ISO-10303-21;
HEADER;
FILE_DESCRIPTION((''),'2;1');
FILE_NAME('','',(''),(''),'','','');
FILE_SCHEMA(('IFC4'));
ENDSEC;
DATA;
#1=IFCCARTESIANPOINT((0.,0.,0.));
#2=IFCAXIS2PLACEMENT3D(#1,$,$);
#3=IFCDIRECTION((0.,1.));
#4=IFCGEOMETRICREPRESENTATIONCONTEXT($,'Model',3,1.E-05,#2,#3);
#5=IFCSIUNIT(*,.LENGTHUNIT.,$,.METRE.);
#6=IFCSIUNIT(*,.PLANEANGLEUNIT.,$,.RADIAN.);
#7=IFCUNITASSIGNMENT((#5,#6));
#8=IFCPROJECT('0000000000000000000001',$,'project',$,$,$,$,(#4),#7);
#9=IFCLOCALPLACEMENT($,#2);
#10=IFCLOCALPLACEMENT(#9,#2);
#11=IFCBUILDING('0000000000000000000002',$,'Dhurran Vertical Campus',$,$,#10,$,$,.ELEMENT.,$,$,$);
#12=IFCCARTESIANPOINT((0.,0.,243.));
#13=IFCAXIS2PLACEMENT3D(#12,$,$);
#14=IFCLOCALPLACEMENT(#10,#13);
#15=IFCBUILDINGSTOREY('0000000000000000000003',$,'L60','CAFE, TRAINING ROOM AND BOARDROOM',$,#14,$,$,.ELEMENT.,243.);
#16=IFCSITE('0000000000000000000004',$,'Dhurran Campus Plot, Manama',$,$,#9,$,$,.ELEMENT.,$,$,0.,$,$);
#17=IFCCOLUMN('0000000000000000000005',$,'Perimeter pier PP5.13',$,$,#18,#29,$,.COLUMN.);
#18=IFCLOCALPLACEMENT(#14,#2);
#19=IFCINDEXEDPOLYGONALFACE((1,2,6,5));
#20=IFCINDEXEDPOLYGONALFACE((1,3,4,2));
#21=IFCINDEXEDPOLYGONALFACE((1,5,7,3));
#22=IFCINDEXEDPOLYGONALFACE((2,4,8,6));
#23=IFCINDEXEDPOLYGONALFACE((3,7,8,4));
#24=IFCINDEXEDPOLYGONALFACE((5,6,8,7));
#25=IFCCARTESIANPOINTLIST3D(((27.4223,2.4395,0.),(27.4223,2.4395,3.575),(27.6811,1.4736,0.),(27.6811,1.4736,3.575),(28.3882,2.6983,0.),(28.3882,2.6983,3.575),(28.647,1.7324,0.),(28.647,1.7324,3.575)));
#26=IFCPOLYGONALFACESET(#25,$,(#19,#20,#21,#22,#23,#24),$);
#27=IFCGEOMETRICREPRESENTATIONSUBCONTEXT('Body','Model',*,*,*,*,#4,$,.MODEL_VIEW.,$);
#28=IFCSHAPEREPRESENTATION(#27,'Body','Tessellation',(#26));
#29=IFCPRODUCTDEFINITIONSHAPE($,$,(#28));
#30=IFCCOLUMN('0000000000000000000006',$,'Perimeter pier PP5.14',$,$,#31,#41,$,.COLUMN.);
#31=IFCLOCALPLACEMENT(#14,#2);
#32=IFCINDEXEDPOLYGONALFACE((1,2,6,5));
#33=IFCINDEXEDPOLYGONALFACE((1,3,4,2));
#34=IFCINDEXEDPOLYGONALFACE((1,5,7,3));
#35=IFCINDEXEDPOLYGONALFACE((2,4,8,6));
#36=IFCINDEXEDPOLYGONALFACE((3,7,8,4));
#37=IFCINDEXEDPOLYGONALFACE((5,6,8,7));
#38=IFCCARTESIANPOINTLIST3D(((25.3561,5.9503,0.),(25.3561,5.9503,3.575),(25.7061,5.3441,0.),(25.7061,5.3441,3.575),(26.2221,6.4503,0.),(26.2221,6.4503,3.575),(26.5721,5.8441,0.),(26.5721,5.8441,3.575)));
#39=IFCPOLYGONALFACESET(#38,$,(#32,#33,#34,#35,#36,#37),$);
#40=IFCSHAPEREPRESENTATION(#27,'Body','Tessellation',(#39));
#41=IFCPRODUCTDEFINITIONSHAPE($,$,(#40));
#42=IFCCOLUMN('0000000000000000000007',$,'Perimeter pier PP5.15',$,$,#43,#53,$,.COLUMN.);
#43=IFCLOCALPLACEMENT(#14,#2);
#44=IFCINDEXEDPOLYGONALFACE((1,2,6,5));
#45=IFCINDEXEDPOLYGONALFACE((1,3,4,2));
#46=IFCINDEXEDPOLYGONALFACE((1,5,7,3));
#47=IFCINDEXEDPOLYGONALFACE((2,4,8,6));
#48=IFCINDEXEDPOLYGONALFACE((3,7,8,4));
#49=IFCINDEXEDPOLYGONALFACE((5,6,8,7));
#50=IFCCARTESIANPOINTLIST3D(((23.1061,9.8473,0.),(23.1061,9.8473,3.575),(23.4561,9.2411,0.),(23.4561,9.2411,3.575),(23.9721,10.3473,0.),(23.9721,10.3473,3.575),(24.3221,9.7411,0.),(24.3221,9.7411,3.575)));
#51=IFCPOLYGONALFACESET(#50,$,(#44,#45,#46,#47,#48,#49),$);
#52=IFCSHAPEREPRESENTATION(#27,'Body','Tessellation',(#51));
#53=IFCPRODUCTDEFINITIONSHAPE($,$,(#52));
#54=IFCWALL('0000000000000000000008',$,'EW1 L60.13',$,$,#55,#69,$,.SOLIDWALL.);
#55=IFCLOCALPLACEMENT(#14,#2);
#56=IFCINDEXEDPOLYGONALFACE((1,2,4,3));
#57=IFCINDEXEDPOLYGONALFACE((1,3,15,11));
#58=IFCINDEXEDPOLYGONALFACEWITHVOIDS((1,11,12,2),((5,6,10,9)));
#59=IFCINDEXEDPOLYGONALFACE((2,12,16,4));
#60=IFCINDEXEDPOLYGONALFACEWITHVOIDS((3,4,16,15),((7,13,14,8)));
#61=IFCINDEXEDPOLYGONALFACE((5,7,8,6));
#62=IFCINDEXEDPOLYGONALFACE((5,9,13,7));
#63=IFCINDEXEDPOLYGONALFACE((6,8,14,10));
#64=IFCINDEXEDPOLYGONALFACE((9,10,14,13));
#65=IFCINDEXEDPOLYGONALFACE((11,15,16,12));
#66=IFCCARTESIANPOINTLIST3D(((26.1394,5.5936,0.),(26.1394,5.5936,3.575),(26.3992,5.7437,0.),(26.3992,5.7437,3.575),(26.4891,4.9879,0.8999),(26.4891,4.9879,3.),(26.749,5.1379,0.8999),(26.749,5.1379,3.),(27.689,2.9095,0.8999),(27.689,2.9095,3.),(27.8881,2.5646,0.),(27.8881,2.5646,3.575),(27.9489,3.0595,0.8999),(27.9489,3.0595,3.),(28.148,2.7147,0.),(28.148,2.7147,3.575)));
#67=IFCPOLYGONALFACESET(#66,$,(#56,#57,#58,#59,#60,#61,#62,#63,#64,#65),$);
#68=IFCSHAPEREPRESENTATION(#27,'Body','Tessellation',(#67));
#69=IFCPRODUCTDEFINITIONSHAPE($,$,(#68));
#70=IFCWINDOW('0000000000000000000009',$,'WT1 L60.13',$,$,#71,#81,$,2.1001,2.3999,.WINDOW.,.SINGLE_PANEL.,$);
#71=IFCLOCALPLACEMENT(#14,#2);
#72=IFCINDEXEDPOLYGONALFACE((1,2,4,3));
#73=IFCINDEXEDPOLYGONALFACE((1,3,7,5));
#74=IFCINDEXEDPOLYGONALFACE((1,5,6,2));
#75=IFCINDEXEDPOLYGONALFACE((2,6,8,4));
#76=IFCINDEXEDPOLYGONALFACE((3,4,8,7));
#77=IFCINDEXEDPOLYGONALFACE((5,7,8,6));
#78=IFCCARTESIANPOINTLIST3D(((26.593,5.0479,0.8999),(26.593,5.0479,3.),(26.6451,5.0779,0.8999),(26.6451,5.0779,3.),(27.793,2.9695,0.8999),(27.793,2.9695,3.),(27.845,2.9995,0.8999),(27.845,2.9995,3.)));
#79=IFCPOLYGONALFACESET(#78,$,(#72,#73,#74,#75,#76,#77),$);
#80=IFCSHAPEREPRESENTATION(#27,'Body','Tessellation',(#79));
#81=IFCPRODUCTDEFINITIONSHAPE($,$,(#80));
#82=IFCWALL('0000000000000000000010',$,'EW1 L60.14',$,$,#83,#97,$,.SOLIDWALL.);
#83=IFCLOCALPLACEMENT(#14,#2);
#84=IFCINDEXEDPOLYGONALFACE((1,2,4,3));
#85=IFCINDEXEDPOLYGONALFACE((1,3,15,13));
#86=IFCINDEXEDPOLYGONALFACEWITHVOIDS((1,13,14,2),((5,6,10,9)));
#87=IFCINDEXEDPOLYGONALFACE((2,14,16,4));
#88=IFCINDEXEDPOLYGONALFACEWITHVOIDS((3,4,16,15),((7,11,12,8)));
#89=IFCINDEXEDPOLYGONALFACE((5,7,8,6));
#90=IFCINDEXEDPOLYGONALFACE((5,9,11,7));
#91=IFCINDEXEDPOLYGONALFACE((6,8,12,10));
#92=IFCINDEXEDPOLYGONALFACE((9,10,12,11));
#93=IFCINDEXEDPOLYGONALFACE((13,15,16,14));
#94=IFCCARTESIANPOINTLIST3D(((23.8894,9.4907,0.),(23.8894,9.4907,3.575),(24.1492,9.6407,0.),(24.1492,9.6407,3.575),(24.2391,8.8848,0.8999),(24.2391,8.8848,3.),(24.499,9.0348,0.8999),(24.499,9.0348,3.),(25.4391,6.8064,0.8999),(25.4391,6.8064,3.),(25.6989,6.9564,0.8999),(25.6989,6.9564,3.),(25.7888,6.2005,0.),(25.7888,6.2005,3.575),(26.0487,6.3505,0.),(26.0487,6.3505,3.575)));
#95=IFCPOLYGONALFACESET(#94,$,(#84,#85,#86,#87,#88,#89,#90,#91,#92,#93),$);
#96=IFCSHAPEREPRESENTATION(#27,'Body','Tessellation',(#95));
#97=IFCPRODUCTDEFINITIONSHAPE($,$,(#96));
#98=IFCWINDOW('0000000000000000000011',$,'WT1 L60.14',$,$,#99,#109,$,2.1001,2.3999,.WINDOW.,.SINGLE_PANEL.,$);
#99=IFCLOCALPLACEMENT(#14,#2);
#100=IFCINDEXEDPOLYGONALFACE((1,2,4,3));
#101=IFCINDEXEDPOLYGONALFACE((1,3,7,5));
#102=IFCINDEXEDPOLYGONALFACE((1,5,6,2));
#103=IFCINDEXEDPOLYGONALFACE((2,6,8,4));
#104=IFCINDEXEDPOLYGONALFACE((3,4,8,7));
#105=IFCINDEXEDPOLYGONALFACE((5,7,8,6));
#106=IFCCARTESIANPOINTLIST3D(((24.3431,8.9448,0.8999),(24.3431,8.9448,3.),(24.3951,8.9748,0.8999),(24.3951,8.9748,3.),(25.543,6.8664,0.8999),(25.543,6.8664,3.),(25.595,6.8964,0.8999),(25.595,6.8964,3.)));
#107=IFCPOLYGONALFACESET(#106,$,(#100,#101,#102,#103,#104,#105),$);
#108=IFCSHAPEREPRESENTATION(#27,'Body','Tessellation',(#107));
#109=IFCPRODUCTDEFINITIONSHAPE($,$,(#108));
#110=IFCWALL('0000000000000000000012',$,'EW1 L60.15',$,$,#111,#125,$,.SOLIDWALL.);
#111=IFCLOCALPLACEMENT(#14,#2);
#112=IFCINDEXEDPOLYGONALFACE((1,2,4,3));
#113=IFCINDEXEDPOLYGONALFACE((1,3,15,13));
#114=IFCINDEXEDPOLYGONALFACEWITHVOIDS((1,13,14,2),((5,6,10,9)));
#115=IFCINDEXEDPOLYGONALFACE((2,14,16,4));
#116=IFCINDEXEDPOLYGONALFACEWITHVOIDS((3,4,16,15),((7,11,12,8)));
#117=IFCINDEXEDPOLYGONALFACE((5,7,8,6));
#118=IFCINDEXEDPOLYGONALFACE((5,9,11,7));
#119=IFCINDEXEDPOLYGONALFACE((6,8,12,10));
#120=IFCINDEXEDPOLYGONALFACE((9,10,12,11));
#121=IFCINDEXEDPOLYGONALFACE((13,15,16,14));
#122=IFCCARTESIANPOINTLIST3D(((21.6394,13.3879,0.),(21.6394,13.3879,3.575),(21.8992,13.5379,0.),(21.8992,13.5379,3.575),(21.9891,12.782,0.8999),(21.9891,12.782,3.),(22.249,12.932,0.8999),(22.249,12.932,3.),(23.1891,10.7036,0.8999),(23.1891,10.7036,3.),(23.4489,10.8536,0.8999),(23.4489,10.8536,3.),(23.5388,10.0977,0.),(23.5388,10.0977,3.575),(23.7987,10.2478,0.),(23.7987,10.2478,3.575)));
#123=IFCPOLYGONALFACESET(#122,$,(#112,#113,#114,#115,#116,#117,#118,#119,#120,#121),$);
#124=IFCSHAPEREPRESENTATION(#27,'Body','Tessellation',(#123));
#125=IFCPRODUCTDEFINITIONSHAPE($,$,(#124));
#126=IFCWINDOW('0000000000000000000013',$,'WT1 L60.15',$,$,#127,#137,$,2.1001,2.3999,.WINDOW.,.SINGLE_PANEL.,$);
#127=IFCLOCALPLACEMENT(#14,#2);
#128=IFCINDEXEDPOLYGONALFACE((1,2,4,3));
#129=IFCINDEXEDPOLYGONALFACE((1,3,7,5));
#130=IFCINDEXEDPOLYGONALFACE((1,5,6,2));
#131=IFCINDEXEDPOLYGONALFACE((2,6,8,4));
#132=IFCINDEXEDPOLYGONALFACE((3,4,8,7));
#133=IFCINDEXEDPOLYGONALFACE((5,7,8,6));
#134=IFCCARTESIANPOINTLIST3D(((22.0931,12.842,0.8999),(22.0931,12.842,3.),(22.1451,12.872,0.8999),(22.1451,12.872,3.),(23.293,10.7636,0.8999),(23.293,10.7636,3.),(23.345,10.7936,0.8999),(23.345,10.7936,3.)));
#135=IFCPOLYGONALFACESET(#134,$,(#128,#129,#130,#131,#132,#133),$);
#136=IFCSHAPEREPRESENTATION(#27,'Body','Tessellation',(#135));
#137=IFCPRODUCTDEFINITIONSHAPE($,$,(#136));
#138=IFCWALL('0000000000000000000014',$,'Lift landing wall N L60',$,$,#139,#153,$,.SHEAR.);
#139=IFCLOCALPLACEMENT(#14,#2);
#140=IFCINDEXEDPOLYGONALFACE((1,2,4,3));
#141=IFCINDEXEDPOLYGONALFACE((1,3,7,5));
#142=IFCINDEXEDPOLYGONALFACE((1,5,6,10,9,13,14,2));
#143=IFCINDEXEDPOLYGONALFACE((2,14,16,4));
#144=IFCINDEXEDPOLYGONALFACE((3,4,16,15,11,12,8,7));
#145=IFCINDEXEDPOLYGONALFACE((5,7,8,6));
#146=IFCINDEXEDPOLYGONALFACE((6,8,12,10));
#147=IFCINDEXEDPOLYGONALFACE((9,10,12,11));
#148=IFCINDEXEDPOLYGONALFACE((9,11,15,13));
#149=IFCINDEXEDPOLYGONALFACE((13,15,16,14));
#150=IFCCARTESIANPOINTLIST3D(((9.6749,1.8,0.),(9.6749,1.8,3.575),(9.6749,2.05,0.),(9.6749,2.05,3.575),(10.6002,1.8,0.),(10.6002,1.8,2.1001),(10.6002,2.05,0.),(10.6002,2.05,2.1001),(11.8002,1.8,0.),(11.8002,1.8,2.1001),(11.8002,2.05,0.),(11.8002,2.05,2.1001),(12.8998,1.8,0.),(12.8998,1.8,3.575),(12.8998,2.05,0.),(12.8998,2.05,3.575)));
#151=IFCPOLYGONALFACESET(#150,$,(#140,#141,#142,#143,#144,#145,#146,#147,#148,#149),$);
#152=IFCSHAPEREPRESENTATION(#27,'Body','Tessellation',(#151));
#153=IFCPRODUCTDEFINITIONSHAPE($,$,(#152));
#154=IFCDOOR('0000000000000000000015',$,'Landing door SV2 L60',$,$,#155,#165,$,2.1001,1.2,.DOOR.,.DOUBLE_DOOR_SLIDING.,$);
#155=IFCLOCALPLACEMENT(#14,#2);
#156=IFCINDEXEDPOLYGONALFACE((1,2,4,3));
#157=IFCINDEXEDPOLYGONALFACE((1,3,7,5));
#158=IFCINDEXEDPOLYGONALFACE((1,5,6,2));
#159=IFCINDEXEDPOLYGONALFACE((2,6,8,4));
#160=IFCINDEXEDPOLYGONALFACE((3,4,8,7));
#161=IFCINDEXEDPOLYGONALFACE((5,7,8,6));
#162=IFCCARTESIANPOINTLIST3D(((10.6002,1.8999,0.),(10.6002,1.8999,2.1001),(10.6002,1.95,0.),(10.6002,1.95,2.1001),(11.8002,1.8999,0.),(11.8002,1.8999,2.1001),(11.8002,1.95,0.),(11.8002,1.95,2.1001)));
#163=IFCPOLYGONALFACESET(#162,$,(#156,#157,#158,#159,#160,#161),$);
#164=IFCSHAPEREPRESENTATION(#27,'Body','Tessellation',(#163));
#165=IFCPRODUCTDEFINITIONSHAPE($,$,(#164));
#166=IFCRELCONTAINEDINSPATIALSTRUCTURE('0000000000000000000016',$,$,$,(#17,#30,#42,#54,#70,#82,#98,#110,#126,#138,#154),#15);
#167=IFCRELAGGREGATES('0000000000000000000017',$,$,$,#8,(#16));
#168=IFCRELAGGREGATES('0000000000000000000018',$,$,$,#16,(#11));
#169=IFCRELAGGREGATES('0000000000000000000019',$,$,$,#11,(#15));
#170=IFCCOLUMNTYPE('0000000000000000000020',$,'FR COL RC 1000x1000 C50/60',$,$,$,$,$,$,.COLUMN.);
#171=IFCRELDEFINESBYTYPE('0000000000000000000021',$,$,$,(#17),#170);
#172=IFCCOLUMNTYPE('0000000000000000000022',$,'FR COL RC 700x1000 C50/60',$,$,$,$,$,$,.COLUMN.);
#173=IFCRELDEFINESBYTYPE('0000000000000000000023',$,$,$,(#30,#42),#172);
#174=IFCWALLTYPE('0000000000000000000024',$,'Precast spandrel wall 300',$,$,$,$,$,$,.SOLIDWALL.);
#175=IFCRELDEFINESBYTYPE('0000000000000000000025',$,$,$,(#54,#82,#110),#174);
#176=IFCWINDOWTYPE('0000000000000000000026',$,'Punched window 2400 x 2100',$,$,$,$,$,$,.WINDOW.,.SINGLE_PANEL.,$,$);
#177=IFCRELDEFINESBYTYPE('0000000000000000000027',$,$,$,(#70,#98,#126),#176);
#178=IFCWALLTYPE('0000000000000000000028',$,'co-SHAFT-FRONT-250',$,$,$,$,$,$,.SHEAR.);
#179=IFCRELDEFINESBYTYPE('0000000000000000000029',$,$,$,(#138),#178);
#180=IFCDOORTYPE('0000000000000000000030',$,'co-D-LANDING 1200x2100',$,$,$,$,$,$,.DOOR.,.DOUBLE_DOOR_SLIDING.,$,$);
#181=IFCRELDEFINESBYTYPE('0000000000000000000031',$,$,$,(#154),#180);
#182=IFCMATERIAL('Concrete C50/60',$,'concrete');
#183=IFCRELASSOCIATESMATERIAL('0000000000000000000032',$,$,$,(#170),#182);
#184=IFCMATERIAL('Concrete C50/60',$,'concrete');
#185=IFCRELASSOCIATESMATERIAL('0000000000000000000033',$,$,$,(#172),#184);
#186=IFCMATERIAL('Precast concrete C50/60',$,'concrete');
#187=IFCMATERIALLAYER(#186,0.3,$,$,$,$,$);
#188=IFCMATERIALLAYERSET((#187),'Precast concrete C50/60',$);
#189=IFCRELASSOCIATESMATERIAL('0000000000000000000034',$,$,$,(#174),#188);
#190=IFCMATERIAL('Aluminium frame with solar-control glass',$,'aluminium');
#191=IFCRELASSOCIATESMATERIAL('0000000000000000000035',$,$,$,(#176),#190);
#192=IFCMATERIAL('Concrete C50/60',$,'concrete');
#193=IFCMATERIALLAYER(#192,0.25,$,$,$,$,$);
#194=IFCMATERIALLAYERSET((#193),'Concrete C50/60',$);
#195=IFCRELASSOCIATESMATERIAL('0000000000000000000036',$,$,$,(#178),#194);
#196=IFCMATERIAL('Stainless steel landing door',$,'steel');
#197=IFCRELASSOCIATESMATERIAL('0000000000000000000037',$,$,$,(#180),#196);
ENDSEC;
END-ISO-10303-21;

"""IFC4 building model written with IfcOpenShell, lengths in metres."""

from ifc_helpers import new_model, si_unit, direction, frame, frame_2d, origin, origin_2d, place, context, subcontext, project, spatial, rectangle, extrude, material, layer, layer_set, material_profile, profile_set, type_object, element, fill, save


model = new_model("IFC4")

# Units and contexts
model_context = context("Model", 3, precision=1e-05, world=origin(), true_north=direction((0.0, 1.0)))
body_context = subcontext(model_context, "Body", "Model", "MODEL_VIEW")
ifc_project = project(units=[si_unit("LENGTHUNIT", "METRE"), si_unit("PLANEANGLEUNIT", "RADIAN")], contexts=[model_context])

# Site, building, storey
site_placement = place(None, origin())
site = spatial("IfcSite", under=ifc_project, at=site_placement, Name="Dhurran Campus Plot, Manama", CompositionType="ELEMENT", RefElevation=0.0)
building_placement = place(site_placement, origin())
building = spatial("IfcBuilding", under=site, at=building_placement, Name="Dhurran Vertical Campus", CompositionType="ELEMENT")
storey_placement = place(building_placement, frame((0.0, 0.0, 243.0)))
storey = spatial("IfcBuildingStorey", under=building, at=storey_placement, Name="L60", Description="CAFE, TRAINING ROOM AND BOARDROOM", CompositionType="ELEMENT", Elevation=243.0)

# Columns
ifc_material_1 = material(Name="Concrete C50/60", Category="concrete")
ifc_material_profile_1 = material_profile(ifc_material_1, rectangle(XDim=1.0, YDim=1.0, at=origin_2d()), Name="RC 1000x1000")
ifc_profile_set_1 = profile_set([ifc_material_profile_1], Name="Concrete C50/60")
column_type_1 = type_object("IfcColumnType", Name="FR COL RC 1000x1000 C50/60", PredefinedType="COLUMN", material=ifc_profile_set_1)
column_placement = place(storey_placement, frame((28.0347, 2.0859, 0.0), z_axis=(0.0, 0.0, 1.0), x_axis=(-0.258819, 0.965926, 0.0)))
element("IfcColumn", 1, at=column_placement, inside=storey, type_object=column_type_1, Name="Perimeter pier PP5.13", PredefinedType="COLUMN", context=body_context, shape_type="SweptSolid", body=[
    extrude(rectangle(XDim=1.0, YDim=1.0, at=origin_2d()), origin(), (0.0, 0.0, 1.0), 3.575),
])
ifc_material_2 = material(Name="Concrete C50/60", Category="concrete")
ifc_material_profile_2 = material_profile(ifc_material_2, rectangle(XDim=0.7, YDim=1.0, at=origin_2d()), Name="RC 700x1000")
ifc_profile_set_2 = profile_set([ifc_material_profile_2], Name="Concrete C50/60")
column_type_2 = type_object("IfcColumnType", Name="FR COL RC 700x1000 C50/60", PredefinedType="COLUMN", material=ifc_profile_set_2)
for number, where, z_axis, x_axis, name in (
    (2, (25.9641, 5.8972, 0.0), (0.0, 0.0, 1.0), (-0.5, 0.866025, 0.0), "Perimeter pier PP5.14"),
    (3, (23.7141, 9.7942, 0.0), (0.0, 0.0, 1.0), (-0.5, 0.866025, 0.0), "Perimeter pier PP5.15"),
):
    element("IfcColumn", number, at=place(storey_placement, frame(where, z_axis=z_axis, x_axis=x_axis)), inside=storey, type_object=column_type_2, Name=name, PredefinedType="COLUMN", context=body_context, shape_type="SweptSolid", body=[
        extrude(rectangle(XDim=0.7, YDim=1.0, at=origin_2d()), origin(), (0.0, 0.0, 1.0), 3.575),
    ])

# Walls, openings, windows
ifc_material_3 = material(Name="Precast concrete C50/60", Category="concrete")
ifc_layer_1 = layer(ifc_material_3, 0.3)
ifc_layer_set_1 = layer_set([ifc_layer_1], Name="Precast concrete C50/60")
wall_type_1 = type_object("IfcWallType", Name="Precast spandrel wall 300", PredefinedType="SOLIDWALL", material=ifc_layer_set_1)
wall_1_placement = place(storey_placement, frame((28.0181, 2.6396, 0.0), z_axis=(0.0, 0.0, 1.0), x_axis=(-0.49999, 0.866031, 0.0)))
wall_1 = element("IfcWall", 4, at=wall_1_placement, inside=storey, type_object=wall_type_1, Name="EW1 L60.13", PredefinedType="SOLIDWALL", context=body_context, shape_type="SweptSolid", body=[
    extrude(rectangle(XDim=3.4976, YDim=0.3, at=frame_2d((1.7488, 0.0))), origin(), (0.0, 0.0, 1.0), 3.575),
])
opening_1_placement = place(wall_1_placement, frame((0.3982, 0.0, 0.8999)))
opening_1 = element("IfcOpeningElement", 5, at=opening_1_placement, cuts=wall_1, PredefinedType="OPENING", context=body_context, shape_type="SweptSolid", body=[
    extrude(rectangle(XDim=2.3999, YDim=2.1001, at=frame_2d((1.2, 1.05))), frame((0.0, 0.1599, 0.0), z_axis=(0.0, -1.0, 0.0), x_axis=(1.0, 0.0, 0.0)), (0.0, 0.0, 1.0), 0.3201),
])
ifc_material_4 = material(Name="Aluminium frame with solar-control glass", Category="aluminium")
window_type = type_object("IfcWindowType", Name="Punched window 2400 x 2100", PartitioningType="SINGLE_PANEL", PredefinedType="WINDOW", material=ifc_material_4)
window_1_placement = place(opening_1_placement, origin())
window_1 = element("IfcWindow", 6, at=window_1_placement, inside=storey, type_object=window_type, Name="WT1 L60.13", OverallHeight=2.1001, OverallWidth=2.3999, PartitioningType="SINGLE_PANEL", PredefinedType="WINDOW", context=body_context, shape_type="SweptSolid", body=[
    extrude(rectangle(XDim=2.3999, YDim=2.1001, at=frame_2d((1.2, 1.05))), frame((0.0, 0.03, 0.0), z_axis=(0.0, -1.0, 0.0), x_axis=(1.0, 0.0, 0.0)), (0.0, 0.0, 1.0), 0.0601),
])
fill(opening_1, window_1)
wall_2_placement = place(storey_placement, frame((25.9187, 6.2756, 0.0), z_axis=(0.0, 0.0, 1.0), x_axis=(-0.499982, 0.866036, 0.0)))
wall_2 = element("IfcWall", 7, at=wall_2_placement, inside=storey, type_object=wall_type_1, Name="EW1 L60.14", PredefinedType="SOLIDWALL", context=body_context, shape_type="SweptSolid", body=[
    extrude(rectangle(XDim=3.7991, YDim=0.3, at=frame_2d((1.8994, 0.0))), origin(), (0.0, 0.0, 1.0), 3.575),
])
opening_2_placement = place(wall_2_placement, frame((0.6995, 0.0, 0.8999)))
opening_2 = element("IfcOpeningElement", 8, at=opening_2_placement, cuts=wall_2, PredefinedType="OPENING", context=body_context, shape_type="SweptSolid", body=[
    extrude(rectangle(XDim=2.3999, YDim=2.1001, at=frame_2d((1.2, 1.05))), frame((0.0, 0.1599, 0.0), z_axis=(0.0, -1.0, 0.0), x_axis=(1.0, 0.0, 0.0)), (0.0, 0.0, 1.0), 0.3201),
])
window_2_placement = place(opening_2_placement, origin())
window_2 = element("IfcWindow", 9, at=window_2_placement, inside=storey, type_object=window_type, Name="WT1 L60.14", OverallHeight=2.1001, OverallWidth=2.3999, PartitioningType="SINGLE_PANEL", PredefinedType="WINDOW", context=body_context, shape_type="SweptSolid", body=[
    extrude(rectangle(XDim=2.3999, YDim=2.1001, at=frame_2d((1.2, 1.05))), frame((0.0, 0.03, 0.0), z_axis=(0.0, -1.0, 0.0), x_axis=(1.0, 0.0, 0.0)), (0.0, 0.0, 1.0), 0.0601),
])
fill(opening_2, window_2)
wall_3_placement = place(storey_placement, frame((23.6687, 10.1729, 0.0), z_axis=(0.0, 0.0, 1.0), x_axis=(-0.499982, 0.866036, 0.0)))
wall_3 = element("IfcWall", 10, at=wall_3_placement, inside=storey, type_object=wall_type_1, Name="EW1 L60.15", PredefinedType="SOLIDWALL", context=body_context, shape_type="SweptSolid", body=[
    extrude(rectangle(XDim=3.7991, YDim=0.3, at=frame_2d((1.8994, 0.0))), origin(), (0.0, 0.0, 1.0), 3.575),
])
opening_3_placement = place(wall_3_placement, frame((0.6995, 0.0, 0.8999)))
opening_3 = element("IfcOpeningElement", 11, at=opening_3_placement, cuts=wall_3, PredefinedType="OPENING", context=body_context, shape_type="SweptSolid", body=[
    extrude(rectangle(XDim=2.3999, YDim=2.1001, at=frame_2d((1.2, 1.05))), frame((0.0, 0.1599, 0.0), z_axis=(0.0, -1.0, 0.0), x_axis=(1.0, 0.0, 0.0)), (0.0, 0.0, 1.0), 0.3201),
])
window_3_placement = place(opening_3_placement, origin())
window_3 = element("IfcWindow", 12, at=window_3_placement, inside=storey, type_object=window_type, Name="WT1 L60.15", OverallHeight=2.1001, OverallWidth=2.3999, PartitioningType="SINGLE_PANEL", PredefinedType="WINDOW", context=body_context, shape_type="SweptSolid", body=[
    extrude(rectangle(XDim=2.3999, YDim=2.1001, at=frame_2d((1.2, 1.05))), frame((0.0, 0.03, 0.0), z_axis=(0.0, -1.0, 0.0), x_axis=(1.0, 0.0, 0.0)), (0.0, 0.0, 1.0), 0.0601),
])
fill(opening_3, window_3)

# Wall, opening, door
ifc_material_5 = material(Name="Concrete C50/60", Category="concrete")
ifc_layer_2 = layer(ifc_material_5, 0.25)
ifc_layer_set_2 = layer_set([ifc_layer_2], Name="Concrete C50/60")
wall_type_2 = type_object("IfcWallType", Name="co-SHAFT-FRONT-250", PredefinedType="SHEAR", material=ifc_layer_set_2)
wall_4_placement = place(storey_placement, frame((9.675, 1.925, 0.0), z_axis=(0.0, 0.0, 1.0), x_axis=(1.0, 0.0, 0.0)))
wall_4 = element("IfcWall", 13, at=wall_4_placement, inside=storey, type_object=wall_type_2, Name="Lift landing wall N L60", PredefinedType="SHEAR", context=body_context, shape_type="SweptSolid", body=[
    extrude(rectangle(XDim=3.2249, YDim=0.25, at=frame_2d((1.6123, 0.0))), origin(), (0.0, 0.0, 1.0), 3.575),
])
opening_4_placement = place(wall_4_placement, frame((0.925, 0.0, 0.0)))
opening_4 = element("IfcOpeningElement", 14, at=opening_4_placement, cuts=wall_4, PredefinedType="OPENING", context=body_context, shape_type="SweptSolid", body=[
    extrude(rectangle(XDim=1.2, YDim=2.1001, at=frame_2d((0.6001, 1.05))), frame((0.0, 0.135, 0.0), z_axis=(0.0, -1.0, 0.0), x_axis=(1.0, 0.0, 0.0)), (0.0, 0.0, 1.0), 0.27),
])
ifc_material_6 = material(Name="Stainless steel landing door", Category="steel")
door_type_1 = type_object("IfcDoorType", Name="co-D-LANDING 1200x2100", OperationType="DOUBLE_DOOR_SLIDING", PredefinedType="DOOR", material=ifc_material_6)
door_1_placement = place(opening_4_placement, origin())
door_1 = element("IfcDoor", 15, at=door_1_placement, inside=storey, type_object=door_type_1, Name="Landing door SV2 L60", OperationType="DOUBLE_DOOR_SLIDING", OverallHeight=2.1001, OverallWidth=1.2, PredefinedType="DOOR", context=body_context, shape_type="SweptSolid", body=[
    extrude(rectangle(XDim=1.2, YDim=2.1001, at=frame_2d((0.6001, 1.05))), frame((0.0, 0.0249, 0.0), z_axis=(0.0, -1.0, 0.0), x_axis=(1.0, 0.0, 0.0)), (0.0, 0.0, 1.0), 0.05),
])
fill(opening_4, door_1)

save(model, "model.ifc")
